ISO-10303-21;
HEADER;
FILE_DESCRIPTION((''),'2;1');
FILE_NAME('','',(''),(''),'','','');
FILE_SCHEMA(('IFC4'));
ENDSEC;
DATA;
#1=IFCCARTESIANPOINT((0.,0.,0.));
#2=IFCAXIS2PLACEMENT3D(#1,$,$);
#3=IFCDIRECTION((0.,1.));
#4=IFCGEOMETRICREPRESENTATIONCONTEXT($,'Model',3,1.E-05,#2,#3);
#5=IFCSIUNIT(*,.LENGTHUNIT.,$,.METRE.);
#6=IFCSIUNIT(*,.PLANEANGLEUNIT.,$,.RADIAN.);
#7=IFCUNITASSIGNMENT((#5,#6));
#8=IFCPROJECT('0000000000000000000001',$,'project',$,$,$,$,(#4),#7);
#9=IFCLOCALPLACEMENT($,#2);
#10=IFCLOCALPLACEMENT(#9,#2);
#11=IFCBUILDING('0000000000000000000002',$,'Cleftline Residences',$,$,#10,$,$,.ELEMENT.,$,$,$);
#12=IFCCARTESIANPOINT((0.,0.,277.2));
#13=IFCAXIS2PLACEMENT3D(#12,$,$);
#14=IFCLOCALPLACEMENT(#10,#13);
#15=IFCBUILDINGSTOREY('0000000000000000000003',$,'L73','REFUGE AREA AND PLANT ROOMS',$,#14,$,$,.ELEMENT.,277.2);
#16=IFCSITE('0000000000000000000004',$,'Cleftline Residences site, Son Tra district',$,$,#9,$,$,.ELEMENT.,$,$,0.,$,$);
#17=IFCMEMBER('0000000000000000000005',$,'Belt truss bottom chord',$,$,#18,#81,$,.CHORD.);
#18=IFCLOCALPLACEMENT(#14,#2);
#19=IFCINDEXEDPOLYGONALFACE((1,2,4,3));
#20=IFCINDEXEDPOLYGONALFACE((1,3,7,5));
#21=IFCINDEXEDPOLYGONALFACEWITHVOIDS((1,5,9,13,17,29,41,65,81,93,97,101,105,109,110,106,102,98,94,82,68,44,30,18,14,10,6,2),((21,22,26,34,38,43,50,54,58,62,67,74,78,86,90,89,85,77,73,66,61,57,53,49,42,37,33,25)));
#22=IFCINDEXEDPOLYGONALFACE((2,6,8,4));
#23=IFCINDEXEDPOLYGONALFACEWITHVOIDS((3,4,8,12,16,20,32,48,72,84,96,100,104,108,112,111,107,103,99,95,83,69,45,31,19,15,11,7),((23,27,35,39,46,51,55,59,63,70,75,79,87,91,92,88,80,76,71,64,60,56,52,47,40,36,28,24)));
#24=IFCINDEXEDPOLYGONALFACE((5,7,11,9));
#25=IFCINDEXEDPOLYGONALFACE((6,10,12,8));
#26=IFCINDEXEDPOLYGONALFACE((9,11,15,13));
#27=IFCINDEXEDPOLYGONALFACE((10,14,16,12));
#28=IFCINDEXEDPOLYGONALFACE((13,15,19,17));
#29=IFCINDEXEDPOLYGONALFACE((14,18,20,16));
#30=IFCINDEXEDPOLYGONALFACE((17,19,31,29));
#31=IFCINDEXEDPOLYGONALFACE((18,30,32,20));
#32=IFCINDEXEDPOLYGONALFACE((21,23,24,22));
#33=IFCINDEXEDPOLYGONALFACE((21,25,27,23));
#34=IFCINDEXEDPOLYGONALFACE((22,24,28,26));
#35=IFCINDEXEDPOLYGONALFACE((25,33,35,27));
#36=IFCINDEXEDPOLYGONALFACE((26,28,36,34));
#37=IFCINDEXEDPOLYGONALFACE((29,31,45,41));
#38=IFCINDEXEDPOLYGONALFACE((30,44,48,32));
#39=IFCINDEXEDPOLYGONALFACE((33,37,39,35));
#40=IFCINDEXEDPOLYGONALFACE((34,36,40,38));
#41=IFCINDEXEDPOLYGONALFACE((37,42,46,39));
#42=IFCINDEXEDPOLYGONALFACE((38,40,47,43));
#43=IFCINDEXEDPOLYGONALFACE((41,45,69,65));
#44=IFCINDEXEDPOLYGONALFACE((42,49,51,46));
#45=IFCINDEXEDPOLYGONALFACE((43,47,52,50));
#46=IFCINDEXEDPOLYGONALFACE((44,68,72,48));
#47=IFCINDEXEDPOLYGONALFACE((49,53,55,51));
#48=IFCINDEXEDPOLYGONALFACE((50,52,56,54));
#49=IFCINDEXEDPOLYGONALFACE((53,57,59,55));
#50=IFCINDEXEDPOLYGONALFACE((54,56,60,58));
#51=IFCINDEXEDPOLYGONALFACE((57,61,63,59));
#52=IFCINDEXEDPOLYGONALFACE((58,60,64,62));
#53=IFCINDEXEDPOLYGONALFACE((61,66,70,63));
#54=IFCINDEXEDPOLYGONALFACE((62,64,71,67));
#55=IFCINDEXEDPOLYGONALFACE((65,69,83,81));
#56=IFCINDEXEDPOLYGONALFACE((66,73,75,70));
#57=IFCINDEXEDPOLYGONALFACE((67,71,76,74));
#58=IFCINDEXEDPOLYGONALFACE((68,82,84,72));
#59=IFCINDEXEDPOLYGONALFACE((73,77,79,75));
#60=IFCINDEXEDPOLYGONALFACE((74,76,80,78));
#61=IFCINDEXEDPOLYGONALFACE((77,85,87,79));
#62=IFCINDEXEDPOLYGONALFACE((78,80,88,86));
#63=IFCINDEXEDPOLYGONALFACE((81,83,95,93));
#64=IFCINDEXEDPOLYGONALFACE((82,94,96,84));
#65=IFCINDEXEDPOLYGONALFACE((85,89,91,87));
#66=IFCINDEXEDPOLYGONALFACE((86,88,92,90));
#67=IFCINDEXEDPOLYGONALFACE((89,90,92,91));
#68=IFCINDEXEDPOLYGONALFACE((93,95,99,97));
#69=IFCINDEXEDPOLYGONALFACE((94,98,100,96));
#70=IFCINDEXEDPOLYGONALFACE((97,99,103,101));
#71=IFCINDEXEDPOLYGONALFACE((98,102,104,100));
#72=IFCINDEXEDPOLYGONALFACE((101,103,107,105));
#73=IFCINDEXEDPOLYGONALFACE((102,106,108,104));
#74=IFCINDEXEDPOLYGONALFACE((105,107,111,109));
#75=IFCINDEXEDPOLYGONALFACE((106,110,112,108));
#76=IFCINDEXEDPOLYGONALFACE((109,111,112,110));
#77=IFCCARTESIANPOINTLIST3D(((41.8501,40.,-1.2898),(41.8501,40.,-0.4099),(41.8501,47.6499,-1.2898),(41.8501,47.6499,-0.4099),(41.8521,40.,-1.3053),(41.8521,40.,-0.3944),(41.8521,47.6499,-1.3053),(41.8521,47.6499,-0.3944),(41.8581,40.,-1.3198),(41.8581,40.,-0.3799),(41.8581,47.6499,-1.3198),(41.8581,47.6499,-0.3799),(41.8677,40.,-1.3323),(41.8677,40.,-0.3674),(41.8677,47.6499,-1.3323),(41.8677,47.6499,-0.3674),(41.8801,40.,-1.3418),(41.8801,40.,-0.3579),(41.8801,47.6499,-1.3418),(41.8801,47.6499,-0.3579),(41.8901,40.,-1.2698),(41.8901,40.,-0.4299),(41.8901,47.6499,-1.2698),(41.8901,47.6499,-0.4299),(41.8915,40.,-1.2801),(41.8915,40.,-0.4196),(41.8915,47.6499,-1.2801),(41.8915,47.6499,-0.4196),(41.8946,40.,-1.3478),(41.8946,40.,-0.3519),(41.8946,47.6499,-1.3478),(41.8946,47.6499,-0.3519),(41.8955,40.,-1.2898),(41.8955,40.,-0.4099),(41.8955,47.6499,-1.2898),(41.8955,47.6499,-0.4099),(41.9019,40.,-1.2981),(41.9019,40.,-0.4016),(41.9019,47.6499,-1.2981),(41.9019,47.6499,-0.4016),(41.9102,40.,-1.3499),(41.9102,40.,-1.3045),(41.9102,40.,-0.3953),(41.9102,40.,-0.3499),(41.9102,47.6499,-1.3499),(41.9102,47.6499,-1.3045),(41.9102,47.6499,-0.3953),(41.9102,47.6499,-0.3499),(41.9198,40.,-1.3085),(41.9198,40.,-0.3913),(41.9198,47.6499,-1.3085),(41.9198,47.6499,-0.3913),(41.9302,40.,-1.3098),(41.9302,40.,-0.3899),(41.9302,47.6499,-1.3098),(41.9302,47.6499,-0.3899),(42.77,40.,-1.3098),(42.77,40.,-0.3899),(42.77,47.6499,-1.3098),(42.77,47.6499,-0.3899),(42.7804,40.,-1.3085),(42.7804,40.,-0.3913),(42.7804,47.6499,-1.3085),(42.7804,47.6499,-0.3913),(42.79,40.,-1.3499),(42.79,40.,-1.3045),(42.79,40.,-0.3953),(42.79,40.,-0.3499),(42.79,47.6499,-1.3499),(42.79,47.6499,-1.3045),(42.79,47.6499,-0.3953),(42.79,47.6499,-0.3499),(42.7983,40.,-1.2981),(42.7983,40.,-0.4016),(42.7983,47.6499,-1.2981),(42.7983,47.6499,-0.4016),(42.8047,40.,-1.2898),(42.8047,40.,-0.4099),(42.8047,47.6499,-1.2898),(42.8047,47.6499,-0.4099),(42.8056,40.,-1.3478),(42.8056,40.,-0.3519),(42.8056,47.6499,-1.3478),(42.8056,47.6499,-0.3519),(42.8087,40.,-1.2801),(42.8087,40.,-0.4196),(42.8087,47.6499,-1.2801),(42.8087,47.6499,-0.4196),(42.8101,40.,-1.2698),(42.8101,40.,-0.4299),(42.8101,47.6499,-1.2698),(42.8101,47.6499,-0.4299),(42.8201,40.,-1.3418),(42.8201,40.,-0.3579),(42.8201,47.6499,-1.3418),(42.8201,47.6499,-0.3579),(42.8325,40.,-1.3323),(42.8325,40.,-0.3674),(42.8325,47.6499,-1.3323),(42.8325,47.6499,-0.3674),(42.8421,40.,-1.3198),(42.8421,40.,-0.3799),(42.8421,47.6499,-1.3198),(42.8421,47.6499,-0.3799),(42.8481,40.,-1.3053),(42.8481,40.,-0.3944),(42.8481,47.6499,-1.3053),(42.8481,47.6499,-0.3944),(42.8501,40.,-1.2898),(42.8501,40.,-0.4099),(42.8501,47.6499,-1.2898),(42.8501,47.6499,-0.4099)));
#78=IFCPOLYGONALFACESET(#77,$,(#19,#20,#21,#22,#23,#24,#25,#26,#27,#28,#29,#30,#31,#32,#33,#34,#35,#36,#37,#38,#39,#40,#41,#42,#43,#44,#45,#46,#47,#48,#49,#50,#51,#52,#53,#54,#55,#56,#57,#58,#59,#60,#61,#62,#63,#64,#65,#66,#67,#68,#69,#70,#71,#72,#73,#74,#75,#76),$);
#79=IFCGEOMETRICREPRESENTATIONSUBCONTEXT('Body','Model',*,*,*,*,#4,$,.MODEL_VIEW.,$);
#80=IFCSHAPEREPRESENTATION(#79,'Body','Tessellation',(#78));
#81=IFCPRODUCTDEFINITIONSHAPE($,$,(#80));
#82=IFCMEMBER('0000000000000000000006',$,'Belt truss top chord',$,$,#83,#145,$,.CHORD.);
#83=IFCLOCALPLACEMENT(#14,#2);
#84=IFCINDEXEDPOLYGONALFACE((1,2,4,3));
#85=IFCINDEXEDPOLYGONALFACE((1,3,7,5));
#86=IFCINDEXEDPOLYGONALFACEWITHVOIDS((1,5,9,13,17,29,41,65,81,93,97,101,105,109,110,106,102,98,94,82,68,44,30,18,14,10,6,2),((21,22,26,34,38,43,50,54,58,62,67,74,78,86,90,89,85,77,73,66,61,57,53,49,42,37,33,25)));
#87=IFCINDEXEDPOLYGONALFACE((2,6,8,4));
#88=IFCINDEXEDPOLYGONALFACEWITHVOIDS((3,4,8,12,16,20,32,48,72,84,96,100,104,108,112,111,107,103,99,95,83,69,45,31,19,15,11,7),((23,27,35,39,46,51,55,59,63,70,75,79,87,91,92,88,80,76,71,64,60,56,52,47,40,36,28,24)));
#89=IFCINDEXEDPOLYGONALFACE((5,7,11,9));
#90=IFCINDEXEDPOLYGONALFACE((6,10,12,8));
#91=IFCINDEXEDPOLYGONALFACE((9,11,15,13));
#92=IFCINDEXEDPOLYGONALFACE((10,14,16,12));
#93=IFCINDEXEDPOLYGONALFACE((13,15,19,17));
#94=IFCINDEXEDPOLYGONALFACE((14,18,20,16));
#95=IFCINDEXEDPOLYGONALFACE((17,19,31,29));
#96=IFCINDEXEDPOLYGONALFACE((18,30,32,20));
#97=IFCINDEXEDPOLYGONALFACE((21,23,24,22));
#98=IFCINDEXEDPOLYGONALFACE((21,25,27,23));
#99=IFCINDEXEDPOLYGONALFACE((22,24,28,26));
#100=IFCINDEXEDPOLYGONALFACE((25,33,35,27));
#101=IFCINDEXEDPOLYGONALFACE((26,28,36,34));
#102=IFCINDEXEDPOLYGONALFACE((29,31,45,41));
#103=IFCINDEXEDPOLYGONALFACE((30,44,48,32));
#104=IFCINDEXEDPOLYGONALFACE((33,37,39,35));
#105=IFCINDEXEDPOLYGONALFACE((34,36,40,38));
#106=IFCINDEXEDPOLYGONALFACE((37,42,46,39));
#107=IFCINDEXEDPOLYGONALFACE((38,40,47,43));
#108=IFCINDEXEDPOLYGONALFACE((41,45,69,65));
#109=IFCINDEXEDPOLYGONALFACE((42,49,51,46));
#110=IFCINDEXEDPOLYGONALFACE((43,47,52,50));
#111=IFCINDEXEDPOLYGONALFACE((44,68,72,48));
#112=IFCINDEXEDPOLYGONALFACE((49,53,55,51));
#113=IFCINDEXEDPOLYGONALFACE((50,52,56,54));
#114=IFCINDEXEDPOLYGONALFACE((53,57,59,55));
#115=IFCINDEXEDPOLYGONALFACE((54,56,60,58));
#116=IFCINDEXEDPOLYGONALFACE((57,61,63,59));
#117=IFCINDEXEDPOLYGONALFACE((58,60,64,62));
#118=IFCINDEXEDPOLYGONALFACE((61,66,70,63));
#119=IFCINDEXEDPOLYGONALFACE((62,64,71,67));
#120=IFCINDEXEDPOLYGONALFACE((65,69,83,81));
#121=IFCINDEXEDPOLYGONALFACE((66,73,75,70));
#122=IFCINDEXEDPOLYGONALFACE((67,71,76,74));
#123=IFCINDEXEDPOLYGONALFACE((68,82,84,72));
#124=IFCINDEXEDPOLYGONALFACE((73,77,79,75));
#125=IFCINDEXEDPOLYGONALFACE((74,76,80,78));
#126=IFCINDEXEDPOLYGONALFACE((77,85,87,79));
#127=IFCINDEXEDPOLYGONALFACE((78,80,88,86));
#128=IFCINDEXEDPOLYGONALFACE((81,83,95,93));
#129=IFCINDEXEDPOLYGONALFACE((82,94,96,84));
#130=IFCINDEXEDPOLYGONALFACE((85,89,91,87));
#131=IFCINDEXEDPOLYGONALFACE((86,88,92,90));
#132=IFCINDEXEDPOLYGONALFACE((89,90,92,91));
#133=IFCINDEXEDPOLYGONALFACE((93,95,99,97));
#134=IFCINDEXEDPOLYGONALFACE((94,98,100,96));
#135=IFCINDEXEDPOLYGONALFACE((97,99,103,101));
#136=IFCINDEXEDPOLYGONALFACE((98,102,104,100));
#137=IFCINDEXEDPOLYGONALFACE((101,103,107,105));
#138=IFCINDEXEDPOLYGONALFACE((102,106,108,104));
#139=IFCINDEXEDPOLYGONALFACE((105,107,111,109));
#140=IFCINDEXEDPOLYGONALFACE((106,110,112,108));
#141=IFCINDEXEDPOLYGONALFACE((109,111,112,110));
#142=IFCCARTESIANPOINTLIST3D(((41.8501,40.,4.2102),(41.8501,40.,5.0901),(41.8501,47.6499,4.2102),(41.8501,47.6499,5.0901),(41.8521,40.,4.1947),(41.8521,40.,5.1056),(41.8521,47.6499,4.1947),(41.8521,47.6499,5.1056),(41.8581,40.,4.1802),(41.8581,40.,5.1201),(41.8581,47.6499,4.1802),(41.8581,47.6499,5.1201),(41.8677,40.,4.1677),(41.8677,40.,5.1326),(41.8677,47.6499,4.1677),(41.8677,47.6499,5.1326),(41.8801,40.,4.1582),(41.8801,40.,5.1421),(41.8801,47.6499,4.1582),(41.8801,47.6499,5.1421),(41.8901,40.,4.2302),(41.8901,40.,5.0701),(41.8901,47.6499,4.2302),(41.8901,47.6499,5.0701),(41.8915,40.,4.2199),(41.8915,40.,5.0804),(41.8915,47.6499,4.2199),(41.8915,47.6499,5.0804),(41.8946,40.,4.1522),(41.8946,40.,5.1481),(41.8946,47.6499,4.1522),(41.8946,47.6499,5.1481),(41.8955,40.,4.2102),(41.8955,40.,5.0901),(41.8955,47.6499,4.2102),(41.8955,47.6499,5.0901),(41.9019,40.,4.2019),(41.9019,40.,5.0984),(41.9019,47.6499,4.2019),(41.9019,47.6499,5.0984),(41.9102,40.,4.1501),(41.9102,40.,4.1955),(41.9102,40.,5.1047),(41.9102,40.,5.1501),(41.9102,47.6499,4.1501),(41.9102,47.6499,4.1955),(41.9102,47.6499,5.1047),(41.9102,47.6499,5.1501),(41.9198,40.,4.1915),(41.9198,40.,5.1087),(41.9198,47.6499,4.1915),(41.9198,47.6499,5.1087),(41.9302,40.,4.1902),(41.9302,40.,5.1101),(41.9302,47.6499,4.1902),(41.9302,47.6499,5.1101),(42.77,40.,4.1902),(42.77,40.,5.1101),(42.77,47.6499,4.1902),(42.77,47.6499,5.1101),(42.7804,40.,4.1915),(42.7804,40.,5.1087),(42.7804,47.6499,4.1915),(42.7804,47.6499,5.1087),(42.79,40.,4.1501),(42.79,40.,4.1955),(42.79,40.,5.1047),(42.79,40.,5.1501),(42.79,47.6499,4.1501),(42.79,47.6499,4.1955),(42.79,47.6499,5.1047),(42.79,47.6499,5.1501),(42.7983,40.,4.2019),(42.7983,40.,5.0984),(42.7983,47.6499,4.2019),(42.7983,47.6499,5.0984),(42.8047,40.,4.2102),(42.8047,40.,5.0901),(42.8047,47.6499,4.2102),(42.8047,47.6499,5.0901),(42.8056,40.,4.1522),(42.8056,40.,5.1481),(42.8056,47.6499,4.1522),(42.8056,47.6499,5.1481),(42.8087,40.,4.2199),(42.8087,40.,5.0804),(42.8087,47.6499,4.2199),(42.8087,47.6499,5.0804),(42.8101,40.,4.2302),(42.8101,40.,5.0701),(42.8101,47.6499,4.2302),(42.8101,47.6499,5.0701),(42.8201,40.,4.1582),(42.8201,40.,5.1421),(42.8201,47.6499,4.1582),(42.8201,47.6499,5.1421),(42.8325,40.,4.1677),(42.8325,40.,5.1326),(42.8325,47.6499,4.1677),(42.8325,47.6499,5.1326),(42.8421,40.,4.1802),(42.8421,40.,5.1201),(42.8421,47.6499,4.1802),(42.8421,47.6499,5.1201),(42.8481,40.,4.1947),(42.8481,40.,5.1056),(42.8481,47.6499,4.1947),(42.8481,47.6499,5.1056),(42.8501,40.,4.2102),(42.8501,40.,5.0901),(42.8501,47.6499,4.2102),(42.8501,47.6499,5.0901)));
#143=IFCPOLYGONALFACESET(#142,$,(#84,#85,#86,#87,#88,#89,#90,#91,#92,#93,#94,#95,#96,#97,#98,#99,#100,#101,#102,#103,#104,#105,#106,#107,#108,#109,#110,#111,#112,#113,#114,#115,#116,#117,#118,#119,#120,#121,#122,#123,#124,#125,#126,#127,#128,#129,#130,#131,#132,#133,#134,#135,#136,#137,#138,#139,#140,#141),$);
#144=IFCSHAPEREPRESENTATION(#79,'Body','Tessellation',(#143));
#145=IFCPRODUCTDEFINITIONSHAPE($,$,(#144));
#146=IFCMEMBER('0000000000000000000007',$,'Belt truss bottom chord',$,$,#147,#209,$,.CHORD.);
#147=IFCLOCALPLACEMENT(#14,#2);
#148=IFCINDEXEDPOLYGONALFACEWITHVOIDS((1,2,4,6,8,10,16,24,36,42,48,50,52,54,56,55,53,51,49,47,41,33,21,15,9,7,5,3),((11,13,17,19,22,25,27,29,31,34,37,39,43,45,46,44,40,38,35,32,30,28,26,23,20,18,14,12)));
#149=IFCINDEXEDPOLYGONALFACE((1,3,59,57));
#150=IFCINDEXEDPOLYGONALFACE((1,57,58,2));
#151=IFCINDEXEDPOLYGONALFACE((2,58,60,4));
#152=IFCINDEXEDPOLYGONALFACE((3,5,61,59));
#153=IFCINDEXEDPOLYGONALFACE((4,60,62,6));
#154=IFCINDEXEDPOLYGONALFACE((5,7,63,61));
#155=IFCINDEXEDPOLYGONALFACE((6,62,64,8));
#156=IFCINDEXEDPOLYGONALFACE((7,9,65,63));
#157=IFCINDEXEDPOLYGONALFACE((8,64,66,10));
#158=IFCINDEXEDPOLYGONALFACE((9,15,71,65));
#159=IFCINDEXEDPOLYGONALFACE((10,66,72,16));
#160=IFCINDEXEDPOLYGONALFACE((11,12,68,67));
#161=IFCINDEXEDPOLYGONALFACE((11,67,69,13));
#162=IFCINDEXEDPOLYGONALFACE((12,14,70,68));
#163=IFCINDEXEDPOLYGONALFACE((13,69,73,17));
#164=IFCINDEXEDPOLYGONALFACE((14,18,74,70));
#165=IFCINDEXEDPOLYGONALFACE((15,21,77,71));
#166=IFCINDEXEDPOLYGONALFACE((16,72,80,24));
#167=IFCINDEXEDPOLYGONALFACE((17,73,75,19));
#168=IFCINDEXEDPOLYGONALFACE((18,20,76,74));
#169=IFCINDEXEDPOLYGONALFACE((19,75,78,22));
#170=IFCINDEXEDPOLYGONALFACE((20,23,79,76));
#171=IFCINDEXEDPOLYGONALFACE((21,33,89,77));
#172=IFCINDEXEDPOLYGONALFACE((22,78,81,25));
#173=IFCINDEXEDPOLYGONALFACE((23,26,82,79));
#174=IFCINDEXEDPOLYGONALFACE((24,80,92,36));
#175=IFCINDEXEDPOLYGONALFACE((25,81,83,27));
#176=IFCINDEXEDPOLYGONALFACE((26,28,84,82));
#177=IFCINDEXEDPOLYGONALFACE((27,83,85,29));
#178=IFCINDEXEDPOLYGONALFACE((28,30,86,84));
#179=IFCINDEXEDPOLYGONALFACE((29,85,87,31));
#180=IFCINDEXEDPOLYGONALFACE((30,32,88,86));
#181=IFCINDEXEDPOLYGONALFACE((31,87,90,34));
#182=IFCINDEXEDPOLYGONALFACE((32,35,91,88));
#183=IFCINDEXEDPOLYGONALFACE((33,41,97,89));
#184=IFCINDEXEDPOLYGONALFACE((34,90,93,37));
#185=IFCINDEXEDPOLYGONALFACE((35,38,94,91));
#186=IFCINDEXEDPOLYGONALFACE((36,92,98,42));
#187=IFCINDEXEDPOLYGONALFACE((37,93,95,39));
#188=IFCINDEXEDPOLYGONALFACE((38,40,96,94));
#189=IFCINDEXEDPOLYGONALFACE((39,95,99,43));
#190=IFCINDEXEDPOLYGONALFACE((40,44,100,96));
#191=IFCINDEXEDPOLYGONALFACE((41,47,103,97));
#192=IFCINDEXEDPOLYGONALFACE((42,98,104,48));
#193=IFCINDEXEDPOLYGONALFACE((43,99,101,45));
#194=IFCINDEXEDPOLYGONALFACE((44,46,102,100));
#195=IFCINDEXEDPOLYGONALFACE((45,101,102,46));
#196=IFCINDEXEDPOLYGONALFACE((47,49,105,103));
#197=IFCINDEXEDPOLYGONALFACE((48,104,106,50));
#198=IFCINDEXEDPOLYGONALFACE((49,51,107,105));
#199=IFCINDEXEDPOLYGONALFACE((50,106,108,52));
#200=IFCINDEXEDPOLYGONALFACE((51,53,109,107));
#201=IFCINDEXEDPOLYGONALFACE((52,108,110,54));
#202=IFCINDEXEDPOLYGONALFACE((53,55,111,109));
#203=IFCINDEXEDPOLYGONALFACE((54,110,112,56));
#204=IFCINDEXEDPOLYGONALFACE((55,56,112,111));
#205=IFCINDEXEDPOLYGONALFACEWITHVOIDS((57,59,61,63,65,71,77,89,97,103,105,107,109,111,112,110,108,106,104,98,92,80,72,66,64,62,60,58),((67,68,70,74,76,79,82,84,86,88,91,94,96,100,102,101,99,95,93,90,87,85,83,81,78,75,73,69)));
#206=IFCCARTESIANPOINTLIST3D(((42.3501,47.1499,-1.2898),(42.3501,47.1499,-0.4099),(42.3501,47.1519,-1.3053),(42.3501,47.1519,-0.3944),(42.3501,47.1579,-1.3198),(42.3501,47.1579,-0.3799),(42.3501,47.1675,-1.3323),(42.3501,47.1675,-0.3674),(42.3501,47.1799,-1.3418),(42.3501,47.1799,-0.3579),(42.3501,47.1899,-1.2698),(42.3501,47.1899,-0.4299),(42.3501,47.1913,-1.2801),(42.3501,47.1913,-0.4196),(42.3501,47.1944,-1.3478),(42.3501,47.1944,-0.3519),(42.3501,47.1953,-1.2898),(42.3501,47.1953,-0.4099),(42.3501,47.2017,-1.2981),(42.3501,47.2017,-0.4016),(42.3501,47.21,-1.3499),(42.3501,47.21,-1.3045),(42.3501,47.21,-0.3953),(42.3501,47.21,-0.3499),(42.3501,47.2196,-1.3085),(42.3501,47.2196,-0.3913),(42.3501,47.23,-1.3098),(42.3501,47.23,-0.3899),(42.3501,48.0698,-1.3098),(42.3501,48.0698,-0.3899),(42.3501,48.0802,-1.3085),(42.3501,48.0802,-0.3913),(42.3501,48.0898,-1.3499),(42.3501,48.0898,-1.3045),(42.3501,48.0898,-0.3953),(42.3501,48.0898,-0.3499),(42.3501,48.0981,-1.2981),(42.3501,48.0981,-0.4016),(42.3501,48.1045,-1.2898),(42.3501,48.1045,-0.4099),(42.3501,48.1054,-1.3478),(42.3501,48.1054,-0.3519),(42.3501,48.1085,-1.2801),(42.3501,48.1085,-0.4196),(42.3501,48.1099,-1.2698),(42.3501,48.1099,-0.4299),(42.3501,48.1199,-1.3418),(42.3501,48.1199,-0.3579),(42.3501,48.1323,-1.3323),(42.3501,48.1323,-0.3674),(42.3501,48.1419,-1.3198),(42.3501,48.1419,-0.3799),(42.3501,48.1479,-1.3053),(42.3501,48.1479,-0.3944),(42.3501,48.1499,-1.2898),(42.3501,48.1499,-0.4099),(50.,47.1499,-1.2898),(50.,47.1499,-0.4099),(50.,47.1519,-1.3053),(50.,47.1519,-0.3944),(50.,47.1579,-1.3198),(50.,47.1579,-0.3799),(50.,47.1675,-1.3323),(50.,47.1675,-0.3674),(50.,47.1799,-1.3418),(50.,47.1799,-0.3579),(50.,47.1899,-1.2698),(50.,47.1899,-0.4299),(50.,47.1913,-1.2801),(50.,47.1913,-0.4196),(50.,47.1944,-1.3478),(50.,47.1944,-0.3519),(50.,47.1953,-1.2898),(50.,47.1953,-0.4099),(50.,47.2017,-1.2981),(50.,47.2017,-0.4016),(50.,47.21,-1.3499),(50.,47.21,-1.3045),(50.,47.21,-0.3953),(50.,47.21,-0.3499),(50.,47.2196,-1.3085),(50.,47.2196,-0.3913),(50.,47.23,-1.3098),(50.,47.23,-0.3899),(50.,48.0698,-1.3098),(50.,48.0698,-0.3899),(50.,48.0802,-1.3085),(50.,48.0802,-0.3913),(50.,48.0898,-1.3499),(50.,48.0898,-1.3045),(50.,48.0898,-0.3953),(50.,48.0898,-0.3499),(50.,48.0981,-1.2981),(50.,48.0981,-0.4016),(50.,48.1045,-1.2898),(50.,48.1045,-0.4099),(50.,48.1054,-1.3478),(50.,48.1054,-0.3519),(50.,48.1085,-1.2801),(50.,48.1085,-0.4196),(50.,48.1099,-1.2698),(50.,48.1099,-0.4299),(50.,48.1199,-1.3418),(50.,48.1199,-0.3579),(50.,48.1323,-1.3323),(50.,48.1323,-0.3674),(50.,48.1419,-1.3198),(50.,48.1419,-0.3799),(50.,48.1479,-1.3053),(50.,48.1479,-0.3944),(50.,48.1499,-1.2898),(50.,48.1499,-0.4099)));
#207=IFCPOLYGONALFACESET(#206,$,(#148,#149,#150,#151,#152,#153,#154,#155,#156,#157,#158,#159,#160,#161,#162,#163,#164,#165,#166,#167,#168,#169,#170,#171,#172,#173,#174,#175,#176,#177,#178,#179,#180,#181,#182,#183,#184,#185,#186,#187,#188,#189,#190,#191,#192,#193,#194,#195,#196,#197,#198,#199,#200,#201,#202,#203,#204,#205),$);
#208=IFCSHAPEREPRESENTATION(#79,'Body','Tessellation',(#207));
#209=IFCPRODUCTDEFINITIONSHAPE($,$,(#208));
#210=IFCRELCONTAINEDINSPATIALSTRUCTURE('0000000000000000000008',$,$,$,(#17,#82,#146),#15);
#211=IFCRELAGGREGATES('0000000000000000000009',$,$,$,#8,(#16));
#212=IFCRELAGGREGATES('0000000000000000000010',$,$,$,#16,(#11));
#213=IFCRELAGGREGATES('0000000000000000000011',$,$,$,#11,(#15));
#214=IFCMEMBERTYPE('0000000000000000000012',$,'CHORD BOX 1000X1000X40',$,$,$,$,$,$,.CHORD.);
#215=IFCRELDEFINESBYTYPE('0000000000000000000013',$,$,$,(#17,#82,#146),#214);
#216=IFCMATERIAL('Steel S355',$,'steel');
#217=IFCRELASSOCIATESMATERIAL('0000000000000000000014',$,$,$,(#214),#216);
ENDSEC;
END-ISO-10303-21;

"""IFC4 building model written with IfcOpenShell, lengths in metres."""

from ifc_helpers import new_model, si_unit, direction, frame, origin, origin_2d, place, context, subcontext, project, spatial, hollow_rectangle, extrude, material, material_profile, profile_set, type_object, element, save


model = new_model("IFC4")

# Units and contexts
model_context = context("Model", 3, precision=1e-05, world=origin(), true_north=direction((0.0, 1.0)))
body_context = subcontext(model_context, "Body", "Model", "MODEL_VIEW")
ifc_project = project(units=[si_unit("LENGTHUNIT", "METRE"), si_unit("PLANEANGLEUNIT", "RADIAN")], contexts=[model_context])

# Site, building, storey
site_placement = place(None, origin())
site = spatial("IfcSite", under=ifc_project, at=site_placement, Name="Cleftline Residences site, Son Tra district", CompositionType="ELEMENT", RefElevation=0.0)
building_placement = place(site_placement, origin())
building = spatial("IfcBuilding", under=site, at=building_placement, Name="Cleftline Residences", CompositionType="ELEMENT")
storey_placement = place(building_placement, frame((0.0, 0.0, 277.2)))
storey = spatial("IfcBuildingStorey", under=building, at=storey_placement, Name="L73", Description="REFUGE AREA AND PLANT ROOMS", CompositionType="ELEMENT", Elevation=277.2)

# Members
ifc_material_1 = material(Name="Steel S355", Category="steel")
ifc_material_profile_1 = material_profile(ifc_material_1, hollow_rectangle(XDim=1.0, YDim=1.0, WallThickness=0.04, InnerFilletRadius=0.04, OuterFilletRadius=0.0601, at=origin_2d()))
ifc_profile_set_1 = profile_set([ifc_material_profile_1], Name="Steel S355")
member_type_1 = type_object("IfcMemberType", Name="CHORD BOX 1000X1000X40", PredefinedType="CHORD", material=ifc_profile_set_1)
for number, where, z_axis, x_axis, name in (
    (1, (42.3501, 40.0, -0.8499), (0.0, 1.0, 0.0), (-1.0, 0.0, 0.0), "Belt truss bottom chord"),
    (2, (42.3501, 40.0, 4.6501), (0.0, 1.0, 0.0), (-1.0, 0.0, 0.0), "Belt truss top chord"),
    (3, (42.3501, 47.6499, -0.8499), (1.0, 0.0, 0.0), (0.0, 1.0, 0.0), "Belt truss bottom chord"),
):
    element("IfcMember", number, at=place(storey_placement, frame(where, z_axis=z_axis, x_axis=x_axis)), inside=storey, type_object=member_type_1, Name=name, PredefinedType="CHORD", context=body_context, shape_type="SweptSolid", body=[
        extrude(hollow_rectangle(XDim=1.0, YDim=1.0, WallThickness=0.04, InnerFilletRadius=0.04, OuterFilletRadius=0.0601, at=origin_2d()), origin(), (0.0, 0.0, 1.0), 7.6499),
    ])

save(model, "model.ifc")
